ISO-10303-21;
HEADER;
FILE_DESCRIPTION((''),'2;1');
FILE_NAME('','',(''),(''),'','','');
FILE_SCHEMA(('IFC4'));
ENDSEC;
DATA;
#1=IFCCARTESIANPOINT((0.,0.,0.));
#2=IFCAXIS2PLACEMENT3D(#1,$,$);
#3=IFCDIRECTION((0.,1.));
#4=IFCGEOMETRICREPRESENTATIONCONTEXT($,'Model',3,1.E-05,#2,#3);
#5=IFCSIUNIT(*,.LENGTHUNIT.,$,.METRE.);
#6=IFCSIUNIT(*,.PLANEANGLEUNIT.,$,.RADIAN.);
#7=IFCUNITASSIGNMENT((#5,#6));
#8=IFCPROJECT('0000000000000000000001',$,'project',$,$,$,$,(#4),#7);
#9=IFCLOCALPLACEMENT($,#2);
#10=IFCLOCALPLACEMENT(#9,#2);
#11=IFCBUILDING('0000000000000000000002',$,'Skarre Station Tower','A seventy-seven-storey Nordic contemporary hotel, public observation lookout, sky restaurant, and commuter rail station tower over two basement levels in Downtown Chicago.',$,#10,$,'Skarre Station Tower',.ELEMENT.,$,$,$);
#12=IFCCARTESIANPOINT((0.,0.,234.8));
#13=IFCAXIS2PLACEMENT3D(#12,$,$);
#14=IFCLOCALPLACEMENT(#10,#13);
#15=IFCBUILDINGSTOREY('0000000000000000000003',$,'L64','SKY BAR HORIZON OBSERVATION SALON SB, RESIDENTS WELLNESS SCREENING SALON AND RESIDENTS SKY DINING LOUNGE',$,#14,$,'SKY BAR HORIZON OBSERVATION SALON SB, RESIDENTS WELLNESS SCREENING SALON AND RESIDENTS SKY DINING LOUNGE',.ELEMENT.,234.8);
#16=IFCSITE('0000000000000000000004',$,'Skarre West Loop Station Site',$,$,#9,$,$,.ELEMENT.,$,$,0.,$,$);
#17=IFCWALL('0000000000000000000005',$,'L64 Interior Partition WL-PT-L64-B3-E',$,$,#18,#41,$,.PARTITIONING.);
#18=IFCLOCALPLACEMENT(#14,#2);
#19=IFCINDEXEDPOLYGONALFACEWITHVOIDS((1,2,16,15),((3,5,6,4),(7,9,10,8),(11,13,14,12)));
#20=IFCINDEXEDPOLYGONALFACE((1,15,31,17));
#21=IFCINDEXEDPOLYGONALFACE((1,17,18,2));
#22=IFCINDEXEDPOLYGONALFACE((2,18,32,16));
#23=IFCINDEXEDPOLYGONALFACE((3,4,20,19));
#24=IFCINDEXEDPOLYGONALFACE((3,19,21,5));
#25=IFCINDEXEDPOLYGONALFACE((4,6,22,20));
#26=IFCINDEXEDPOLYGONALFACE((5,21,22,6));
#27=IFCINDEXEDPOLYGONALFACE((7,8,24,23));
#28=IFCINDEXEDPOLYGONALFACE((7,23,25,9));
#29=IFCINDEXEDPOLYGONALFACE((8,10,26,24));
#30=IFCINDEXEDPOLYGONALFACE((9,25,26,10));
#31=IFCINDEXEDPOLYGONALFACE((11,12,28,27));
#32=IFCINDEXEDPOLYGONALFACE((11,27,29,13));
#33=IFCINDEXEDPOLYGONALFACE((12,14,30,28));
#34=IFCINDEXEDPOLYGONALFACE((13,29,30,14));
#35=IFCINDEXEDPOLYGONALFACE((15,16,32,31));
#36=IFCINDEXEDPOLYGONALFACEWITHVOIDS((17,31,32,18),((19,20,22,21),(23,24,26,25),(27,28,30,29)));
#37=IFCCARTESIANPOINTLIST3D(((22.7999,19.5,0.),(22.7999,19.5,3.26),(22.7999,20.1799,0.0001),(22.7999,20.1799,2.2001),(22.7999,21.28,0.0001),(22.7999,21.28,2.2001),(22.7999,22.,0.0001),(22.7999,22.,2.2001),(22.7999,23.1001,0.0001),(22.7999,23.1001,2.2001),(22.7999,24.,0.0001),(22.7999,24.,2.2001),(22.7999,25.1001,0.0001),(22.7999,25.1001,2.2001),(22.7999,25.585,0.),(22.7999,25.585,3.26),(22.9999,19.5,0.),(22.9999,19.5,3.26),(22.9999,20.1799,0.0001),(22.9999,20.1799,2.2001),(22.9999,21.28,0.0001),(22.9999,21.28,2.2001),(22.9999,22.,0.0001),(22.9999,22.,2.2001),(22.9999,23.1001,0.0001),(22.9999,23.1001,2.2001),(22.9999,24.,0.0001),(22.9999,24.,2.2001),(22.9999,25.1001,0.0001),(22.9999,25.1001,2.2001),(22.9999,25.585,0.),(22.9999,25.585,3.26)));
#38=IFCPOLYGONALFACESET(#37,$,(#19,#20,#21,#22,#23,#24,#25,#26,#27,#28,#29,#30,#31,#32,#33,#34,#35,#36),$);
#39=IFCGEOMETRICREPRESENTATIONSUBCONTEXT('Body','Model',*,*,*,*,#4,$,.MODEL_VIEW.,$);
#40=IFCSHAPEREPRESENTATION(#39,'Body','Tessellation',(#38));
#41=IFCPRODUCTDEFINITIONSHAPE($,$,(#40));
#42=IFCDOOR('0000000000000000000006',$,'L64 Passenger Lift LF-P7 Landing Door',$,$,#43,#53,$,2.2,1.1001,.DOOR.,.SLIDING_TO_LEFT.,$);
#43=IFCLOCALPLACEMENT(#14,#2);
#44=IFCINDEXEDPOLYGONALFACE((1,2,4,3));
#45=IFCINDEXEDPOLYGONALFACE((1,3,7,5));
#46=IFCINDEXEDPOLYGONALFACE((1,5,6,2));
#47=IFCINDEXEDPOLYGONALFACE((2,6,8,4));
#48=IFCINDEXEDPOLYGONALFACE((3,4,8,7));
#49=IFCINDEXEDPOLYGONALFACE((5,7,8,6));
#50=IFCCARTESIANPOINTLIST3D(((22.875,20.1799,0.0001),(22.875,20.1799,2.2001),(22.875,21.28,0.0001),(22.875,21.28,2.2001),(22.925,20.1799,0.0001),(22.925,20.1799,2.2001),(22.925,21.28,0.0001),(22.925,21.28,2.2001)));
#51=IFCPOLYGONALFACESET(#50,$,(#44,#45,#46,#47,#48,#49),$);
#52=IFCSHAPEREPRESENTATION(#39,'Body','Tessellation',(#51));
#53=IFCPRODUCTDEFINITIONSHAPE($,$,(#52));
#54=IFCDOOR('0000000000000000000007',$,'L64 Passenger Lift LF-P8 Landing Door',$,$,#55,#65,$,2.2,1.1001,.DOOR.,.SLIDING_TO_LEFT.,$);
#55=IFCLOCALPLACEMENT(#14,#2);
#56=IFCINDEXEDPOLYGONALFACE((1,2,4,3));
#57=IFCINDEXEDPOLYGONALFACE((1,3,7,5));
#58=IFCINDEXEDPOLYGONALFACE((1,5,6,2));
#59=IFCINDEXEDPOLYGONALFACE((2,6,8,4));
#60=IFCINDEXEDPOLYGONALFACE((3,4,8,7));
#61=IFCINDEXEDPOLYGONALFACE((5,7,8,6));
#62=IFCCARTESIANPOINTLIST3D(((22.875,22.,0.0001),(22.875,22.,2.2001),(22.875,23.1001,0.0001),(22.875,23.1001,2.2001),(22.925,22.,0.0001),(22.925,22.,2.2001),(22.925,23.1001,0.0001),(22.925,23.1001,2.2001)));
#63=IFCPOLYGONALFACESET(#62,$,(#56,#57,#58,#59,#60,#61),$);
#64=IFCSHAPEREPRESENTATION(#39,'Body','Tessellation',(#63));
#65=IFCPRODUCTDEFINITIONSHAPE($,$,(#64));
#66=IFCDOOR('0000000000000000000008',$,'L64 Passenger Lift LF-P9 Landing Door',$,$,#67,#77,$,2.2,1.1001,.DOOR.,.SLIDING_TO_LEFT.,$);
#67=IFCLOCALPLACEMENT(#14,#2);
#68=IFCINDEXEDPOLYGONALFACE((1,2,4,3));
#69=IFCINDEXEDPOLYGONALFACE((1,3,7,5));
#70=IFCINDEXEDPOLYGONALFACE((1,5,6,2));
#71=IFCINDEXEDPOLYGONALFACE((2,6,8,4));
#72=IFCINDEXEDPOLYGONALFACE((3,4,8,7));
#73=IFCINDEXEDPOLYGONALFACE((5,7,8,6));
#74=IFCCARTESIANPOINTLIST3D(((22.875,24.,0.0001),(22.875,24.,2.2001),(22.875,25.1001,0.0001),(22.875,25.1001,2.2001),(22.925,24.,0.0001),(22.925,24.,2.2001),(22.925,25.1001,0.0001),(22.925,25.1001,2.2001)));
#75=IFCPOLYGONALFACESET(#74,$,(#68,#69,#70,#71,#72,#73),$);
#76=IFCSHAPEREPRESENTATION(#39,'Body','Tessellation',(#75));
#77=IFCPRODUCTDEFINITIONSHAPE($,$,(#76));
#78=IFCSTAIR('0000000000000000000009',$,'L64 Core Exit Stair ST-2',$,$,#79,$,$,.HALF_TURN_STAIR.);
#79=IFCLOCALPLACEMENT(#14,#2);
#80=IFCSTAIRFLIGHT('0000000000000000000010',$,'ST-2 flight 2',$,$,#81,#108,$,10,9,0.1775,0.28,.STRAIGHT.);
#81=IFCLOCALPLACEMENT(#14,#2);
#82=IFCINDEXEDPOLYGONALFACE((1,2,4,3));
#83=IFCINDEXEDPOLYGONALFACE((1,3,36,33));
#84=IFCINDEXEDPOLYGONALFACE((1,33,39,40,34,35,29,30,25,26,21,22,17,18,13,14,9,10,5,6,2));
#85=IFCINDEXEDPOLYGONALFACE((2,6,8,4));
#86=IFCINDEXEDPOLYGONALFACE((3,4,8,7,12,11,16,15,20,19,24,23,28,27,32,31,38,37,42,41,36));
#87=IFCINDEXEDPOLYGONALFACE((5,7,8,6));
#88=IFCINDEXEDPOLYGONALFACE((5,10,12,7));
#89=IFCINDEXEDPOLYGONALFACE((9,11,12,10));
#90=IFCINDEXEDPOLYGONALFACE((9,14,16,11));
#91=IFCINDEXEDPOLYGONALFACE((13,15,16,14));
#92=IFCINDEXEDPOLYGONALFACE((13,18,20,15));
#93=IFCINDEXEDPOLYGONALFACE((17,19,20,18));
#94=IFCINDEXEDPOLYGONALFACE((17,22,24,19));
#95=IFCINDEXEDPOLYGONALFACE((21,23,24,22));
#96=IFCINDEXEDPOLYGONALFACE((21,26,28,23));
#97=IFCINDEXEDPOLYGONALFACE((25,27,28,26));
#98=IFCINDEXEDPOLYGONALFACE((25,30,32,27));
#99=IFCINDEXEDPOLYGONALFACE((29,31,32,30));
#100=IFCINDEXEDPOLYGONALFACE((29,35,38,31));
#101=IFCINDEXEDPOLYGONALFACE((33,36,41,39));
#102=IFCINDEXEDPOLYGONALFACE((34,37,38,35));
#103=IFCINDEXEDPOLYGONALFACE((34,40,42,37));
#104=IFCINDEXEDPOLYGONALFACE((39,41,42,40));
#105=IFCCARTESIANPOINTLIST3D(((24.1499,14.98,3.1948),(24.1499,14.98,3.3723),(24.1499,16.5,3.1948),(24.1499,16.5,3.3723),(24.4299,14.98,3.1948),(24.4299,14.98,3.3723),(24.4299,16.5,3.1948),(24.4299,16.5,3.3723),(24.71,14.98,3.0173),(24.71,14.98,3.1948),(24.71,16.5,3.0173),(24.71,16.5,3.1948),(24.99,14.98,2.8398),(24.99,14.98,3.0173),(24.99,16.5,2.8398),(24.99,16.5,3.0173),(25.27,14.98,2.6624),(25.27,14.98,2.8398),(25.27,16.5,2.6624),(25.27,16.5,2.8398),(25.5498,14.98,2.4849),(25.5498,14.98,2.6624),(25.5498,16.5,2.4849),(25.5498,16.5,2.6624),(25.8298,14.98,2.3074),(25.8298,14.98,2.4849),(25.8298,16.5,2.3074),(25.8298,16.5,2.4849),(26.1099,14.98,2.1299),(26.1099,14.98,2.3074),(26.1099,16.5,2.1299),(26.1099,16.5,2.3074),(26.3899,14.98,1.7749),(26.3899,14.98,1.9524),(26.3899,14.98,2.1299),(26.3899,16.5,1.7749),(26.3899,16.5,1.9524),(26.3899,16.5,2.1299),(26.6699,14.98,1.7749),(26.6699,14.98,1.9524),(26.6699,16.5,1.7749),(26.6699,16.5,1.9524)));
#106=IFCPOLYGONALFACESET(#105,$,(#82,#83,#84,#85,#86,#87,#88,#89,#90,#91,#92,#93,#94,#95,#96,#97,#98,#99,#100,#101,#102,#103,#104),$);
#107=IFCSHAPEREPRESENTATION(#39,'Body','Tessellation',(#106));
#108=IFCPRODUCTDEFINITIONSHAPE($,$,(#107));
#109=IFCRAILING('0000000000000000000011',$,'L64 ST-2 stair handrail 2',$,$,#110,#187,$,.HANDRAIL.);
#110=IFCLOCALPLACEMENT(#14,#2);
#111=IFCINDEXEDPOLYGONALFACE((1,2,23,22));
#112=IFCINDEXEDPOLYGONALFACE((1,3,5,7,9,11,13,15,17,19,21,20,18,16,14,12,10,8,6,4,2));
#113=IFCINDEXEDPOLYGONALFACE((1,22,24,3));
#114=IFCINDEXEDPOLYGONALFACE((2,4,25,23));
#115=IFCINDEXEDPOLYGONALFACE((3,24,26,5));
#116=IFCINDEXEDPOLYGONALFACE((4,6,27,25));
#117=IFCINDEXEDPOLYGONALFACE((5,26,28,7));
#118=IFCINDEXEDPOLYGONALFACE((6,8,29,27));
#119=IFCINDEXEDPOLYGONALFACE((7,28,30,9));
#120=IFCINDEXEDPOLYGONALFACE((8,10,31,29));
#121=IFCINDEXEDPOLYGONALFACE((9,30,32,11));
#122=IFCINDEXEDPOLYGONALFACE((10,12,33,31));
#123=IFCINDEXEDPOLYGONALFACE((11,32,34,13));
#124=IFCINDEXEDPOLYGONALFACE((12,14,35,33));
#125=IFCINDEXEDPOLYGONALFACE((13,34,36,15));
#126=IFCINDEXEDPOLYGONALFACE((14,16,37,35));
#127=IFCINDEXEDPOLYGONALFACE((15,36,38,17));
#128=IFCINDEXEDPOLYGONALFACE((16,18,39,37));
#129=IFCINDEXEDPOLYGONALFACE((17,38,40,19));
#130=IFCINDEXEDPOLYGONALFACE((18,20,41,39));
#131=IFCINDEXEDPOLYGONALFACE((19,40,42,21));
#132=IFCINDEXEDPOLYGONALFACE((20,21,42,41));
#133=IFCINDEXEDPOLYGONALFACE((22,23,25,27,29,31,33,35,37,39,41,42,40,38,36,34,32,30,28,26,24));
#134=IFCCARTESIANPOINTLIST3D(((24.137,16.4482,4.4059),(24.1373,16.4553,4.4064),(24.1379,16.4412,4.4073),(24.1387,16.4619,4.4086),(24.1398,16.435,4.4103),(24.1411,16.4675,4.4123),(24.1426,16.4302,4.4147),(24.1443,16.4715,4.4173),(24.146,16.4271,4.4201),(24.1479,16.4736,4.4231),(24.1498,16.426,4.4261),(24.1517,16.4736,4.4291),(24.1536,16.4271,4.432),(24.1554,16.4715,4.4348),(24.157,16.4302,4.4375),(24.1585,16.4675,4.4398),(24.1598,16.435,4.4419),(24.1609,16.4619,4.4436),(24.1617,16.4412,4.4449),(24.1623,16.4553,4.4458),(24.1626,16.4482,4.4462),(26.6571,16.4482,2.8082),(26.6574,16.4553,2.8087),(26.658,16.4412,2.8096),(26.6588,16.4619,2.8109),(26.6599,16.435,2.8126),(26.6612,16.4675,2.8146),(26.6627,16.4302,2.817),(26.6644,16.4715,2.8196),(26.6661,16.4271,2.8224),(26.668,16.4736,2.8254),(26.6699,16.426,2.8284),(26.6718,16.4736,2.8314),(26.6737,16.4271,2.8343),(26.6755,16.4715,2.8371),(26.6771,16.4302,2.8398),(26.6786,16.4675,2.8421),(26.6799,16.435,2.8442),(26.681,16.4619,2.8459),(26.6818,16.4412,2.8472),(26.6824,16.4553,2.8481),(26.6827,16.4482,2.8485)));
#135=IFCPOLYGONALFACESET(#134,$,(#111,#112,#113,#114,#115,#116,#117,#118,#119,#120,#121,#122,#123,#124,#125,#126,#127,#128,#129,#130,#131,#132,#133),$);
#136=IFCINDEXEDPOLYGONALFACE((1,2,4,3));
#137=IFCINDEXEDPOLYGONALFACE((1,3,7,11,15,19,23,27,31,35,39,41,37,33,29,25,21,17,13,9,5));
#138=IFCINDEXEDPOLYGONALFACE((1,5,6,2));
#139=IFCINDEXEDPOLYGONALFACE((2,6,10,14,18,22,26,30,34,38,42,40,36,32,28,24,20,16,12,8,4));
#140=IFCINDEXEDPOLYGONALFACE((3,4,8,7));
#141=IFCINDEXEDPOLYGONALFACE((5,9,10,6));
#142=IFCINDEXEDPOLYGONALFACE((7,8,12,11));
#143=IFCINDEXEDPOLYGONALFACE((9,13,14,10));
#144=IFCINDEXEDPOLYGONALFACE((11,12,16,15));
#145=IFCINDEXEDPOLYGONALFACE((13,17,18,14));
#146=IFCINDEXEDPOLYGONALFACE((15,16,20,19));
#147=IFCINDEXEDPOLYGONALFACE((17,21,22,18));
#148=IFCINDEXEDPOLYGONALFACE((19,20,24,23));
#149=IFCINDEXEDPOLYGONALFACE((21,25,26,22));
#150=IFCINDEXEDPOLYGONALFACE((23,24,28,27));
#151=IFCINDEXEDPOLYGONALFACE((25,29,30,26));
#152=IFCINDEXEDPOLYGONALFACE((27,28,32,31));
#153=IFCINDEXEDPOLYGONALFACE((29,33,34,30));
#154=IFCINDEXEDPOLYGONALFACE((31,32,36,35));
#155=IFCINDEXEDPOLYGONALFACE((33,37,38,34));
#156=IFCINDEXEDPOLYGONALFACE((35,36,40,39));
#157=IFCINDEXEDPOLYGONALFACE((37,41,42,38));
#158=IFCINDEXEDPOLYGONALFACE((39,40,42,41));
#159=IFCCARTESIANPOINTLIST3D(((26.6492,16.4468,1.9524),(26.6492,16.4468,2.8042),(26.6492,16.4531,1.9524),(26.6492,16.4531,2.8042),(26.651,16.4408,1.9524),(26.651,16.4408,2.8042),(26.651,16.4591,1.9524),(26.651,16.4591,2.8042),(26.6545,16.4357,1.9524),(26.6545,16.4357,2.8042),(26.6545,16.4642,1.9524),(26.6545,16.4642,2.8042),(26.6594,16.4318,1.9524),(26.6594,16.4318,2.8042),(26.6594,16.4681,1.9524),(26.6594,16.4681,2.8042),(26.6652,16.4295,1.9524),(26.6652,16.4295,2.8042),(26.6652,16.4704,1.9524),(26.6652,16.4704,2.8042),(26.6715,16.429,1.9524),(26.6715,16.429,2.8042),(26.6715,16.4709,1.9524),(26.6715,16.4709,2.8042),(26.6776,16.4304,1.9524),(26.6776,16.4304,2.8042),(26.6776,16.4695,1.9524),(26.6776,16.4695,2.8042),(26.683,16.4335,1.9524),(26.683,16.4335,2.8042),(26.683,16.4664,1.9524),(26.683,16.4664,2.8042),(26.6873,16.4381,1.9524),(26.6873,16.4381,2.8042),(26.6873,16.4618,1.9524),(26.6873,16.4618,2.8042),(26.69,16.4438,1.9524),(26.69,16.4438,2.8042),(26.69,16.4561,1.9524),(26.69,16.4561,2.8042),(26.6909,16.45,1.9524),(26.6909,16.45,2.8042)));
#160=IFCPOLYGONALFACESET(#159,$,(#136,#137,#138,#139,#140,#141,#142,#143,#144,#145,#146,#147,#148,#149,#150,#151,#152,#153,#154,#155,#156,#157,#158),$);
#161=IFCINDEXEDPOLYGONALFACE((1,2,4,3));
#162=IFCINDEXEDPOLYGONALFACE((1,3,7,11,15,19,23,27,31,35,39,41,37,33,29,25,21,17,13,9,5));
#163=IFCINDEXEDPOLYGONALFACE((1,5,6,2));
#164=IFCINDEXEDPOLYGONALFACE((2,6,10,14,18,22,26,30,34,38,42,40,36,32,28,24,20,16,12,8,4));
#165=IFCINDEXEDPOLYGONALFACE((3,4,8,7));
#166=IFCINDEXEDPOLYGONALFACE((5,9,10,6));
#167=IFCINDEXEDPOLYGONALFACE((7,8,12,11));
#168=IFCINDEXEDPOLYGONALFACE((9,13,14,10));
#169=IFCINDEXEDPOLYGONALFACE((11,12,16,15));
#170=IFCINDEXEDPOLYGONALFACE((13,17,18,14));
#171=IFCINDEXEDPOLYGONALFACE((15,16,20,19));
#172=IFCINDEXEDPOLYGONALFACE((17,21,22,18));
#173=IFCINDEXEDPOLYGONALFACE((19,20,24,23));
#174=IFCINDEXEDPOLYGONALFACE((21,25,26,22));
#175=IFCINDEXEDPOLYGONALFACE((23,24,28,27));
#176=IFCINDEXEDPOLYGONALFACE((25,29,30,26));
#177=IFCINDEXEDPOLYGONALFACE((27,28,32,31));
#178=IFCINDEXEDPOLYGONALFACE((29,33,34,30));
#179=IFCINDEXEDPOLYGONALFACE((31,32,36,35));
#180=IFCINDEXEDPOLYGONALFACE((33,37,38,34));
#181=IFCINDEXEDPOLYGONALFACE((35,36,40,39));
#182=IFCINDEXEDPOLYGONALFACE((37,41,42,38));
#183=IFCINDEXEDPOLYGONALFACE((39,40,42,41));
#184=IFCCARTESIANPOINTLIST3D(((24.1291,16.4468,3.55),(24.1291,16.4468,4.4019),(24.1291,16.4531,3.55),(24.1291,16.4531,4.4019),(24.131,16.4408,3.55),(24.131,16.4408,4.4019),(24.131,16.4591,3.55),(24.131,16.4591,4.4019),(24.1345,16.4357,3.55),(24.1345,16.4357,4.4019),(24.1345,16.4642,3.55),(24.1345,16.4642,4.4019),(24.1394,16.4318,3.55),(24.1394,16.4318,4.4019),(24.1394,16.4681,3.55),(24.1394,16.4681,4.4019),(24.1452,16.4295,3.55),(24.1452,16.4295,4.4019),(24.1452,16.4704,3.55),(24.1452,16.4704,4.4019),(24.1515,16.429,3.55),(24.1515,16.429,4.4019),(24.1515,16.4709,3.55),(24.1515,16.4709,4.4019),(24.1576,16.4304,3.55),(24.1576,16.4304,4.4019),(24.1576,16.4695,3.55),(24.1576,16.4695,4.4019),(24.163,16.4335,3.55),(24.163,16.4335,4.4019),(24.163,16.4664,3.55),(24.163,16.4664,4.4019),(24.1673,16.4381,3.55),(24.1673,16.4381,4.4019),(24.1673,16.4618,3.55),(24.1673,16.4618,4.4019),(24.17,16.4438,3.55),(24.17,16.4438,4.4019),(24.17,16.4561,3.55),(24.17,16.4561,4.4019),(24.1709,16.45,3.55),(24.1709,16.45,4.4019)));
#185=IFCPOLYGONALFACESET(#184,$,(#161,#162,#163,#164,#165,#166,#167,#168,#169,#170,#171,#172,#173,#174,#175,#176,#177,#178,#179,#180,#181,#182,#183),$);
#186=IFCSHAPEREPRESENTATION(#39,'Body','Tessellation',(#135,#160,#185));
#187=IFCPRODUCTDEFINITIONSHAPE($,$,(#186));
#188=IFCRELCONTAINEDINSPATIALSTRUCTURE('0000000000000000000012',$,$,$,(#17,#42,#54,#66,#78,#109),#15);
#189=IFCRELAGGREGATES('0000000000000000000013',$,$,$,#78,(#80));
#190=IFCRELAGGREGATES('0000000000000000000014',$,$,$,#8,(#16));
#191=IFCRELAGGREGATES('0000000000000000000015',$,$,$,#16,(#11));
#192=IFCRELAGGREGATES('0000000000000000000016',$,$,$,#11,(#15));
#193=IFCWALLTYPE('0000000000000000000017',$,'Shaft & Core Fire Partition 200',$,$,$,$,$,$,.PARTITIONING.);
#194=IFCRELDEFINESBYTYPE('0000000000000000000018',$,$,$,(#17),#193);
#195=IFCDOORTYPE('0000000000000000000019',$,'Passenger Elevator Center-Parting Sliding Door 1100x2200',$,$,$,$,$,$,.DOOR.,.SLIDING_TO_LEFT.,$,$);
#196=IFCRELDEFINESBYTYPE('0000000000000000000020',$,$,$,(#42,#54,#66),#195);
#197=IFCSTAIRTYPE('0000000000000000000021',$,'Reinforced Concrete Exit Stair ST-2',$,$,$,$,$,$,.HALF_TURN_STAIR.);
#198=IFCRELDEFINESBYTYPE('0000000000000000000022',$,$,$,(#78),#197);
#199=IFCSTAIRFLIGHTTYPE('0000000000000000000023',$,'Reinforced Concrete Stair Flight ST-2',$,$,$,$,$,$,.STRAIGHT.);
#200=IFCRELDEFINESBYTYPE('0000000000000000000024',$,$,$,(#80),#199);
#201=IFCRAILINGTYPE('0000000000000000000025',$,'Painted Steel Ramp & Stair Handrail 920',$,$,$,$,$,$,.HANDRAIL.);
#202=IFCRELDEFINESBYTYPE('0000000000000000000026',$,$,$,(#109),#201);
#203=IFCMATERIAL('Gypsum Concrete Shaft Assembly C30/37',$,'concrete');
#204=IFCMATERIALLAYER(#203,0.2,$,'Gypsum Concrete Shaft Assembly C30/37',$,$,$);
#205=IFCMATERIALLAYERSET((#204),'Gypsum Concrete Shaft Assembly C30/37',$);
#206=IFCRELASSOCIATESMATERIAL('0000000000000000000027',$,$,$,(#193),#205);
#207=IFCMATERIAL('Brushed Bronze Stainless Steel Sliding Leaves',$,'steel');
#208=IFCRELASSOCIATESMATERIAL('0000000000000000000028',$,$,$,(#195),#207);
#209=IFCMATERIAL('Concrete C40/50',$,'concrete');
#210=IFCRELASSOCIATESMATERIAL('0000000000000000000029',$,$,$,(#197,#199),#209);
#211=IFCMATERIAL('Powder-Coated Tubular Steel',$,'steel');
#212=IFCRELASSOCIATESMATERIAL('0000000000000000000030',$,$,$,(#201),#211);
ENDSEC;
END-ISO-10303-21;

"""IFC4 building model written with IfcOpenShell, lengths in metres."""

from ifc_helpers import new_model, si_unit, direction, frame, frame_2d, origin, origin_2d, place, context, subcontext, project, spatial, polyline, rectangle, circle, outline, extrude, material, layer, layer_set, type_object, element, fill, aggregate, save


model = new_model("IFC4")

# Units and contexts
model_context = context("Model", 3, precision=1e-05, world=origin(), true_north=direction((0.0, 1.0)))
body_context = subcontext(model_context, "Body", "Model", "MODEL_VIEW")
ifc_project = project(units=[si_unit("LENGTHUNIT", "METRE"), si_unit("PLANEANGLEUNIT", "RADIAN")], contexts=[model_context])

# Site, building, storey
site_placement = place(None, origin())
site = spatial("IfcSite", under=ifc_project, at=site_placement, Name="Skarre West Loop Station Site", CompositionType="ELEMENT", RefElevation=0.0)
building_placement = place(site_placement, origin())
building = spatial("IfcBuilding", under=site, at=building_placement, Name="Skarre Station Tower", Description="A seventy-seven-storey Nordic contemporary hotel, public observation lookout, sky restaurant, and commuter rail station tower over two basement levels in Downtown Chicago.", LongName="Skarre Station Tower", CompositionType="ELEMENT")
storey_placement = place(building_placement, frame((0.0, 0.0, 234.8)))
storey = spatial("IfcBuildingStorey", under=building, at=storey_placement, Name="L64", Description="SKY BAR HORIZON OBSERVATION SALON SB, RESIDENTS WELLNESS SCREENING SALON AND RESIDENTS SKY DINING LOUNGE", LongName="SKY BAR HORIZON OBSERVATION SALON SB, RESIDENTS WELLNESS SCREENING SALON AND RESIDENTS SKY DINING LOUNGE", CompositionType="ELEMENT", Elevation=234.8)

# Shared definitions
ifc_material_1 = material(Name="Gypsum Concrete Shaft Assembly C30/37", Category="concrete")
ifc_layer_1 = layer(ifc_material_1, 0.2, Name="Gypsum Concrete Shaft Assembly C30/37")
ifc_layer_set_1 = layer_set([ifc_layer_1], Name="Gypsum Concrete Shaft Assembly C30/37")
wall_type_1 = type_object("IfcWallType", Name="Shaft & Core Fire Partition 200", PredefinedType="PARTITIONING", material=ifc_layer_set_1)

# Wall, openings, doors
wall_1_placement = place(storey_placement, frame((22.8999, 19.5, 0.0), z_axis=(0.0, 0.0, 1.0), x_axis=(0.0, 1.0, 0.0)))
wall_1 = element("IfcWall", 1, at=wall_1_placement, inside=storey, type_object=wall_type_1, Name="L64 Interior Partition WL-PT-L64-B3-E", PredefinedType="PARTITIONING", context=body_context, shape_type="SweptSolid", body=[
    extrude(rectangle(XDim=6.085, YDim=0.2, at=frame_2d((3.0425, 0.0))), origin(), (0.0, 0.0, 1.0), 3.26),
])
opening_1_placement = place(wall_1_placement, frame((0.6799, 0.0, 0.0)))
opening_1 = element("IfcOpeningElement", 2, at=opening_1_placement, cuts=wall_1, PredefinedType="OPENING", context=body_context, shape_type="SweptSolid", body=[
    extrude(rectangle(XDim=1.1001, YDim=2.2, at=frame_2d((0.55, 1.1001))), frame((0.0, 0.1099, 0.0), z_axis=(0.0, -1.0, 0.0), x_axis=(1.0, 0.0, 0.0)), (0.0, 0.0, 1.0), 0.22),
])
opening_2_placement = place(wall_1_placement, frame((2.5, 0.0, 0.0)))
opening_2 = element("IfcOpeningElement", 3, at=opening_2_placement, cuts=wall_1, PredefinedType="OPENING", context=body_context, shape_type="SweptSolid", body=[
    extrude(rectangle(XDim=1.1001, YDim=2.2, at=frame_2d((0.55, 1.1001))), frame((0.0, 0.1099, 0.0), z_axis=(0.0, -1.0, 0.0), x_axis=(1.0, 0.0, 0.0)), (0.0, 0.0, 1.0), 0.22),
])
opening_3_placement = place(wall_1_placement, frame((4.5, 0.0, 0.0)))
opening_3 = element("IfcOpeningElement", 4, at=opening_3_placement, cuts=wall_1, PredefinedType="OPENING", context=body_context, shape_type="SweptSolid", body=[
    extrude(rectangle(XDim=1.1001, YDim=2.2, at=frame_2d((0.55, 1.1001))), frame((0.0, 0.1099, 0.0), z_axis=(0.0, -1.0, 0.0), x_axis=(1.0, 0.0, 0.0)), (0.0, 0.0, 1.0), 0.22),
])
ifc_material_2 = material(Name="Brushed Bronze Stainless Steel Sliding Leaves", Category="steel")
door_type_1 = type_object("IfcDoorType", Name="Passenger Elevator Center-Parting Sliding Door 1100x2200", OperationType="SLIDING_TO_LEFT", PredefinedType="DOOR", material=ifc_material_2)
door_1_placement = place(opening_1_placement, origin())
door_1 = element("IfcDoor", 5, at=door_1_placement, inside=storey, type_object=door_type_1, Name="L64 Passenger Lift LF-P7 Landing Door", OperationType="SLIDING_TO_LEFT", OverallHeight=2.2, OverallWidth=1.1001, PredefinedType="DOOR", context=body_context, shape_type="SweptSolid", body=[
    extrude(rectangle(XDim=1.1001, YDim=2.2, at=frame_2d((0.55, 1.1001))), frame((0.0, 0.0249, 0.0), z_axis=(0.0, -1.0, 0.0), x_axis=(1.0, 0.0, 0.0)), (0.0, 0.0, 1.0), 0.05),
])
fill(opening_1, door_1)
door_2_placement = place(opening_2_placement, origin())
door_2 = element("IfcDoor", 6, at=door_2_placement, inside=storey, type_object=door_type_1, Name="L64 Passenger Lift LF-P8 Landing Door", OperationType="SLIDING_TO_LEFT", OverallHeight=2.2, OverallWidth=1.1001, PredefinedType="DOOR", context=body_context, shape_type="SweptSolid", body=[
    extrude(rectangle(XDim=1.1001, YDim=2.2, at=frame_2d((0.55, 1.1001))), frame((0.0, 0.0249, 0.0), z_axis=(0.0, -1.0, 0.0), x_axis=(1.0, 0.0, 0.0)), (0.0, 0.0, 1.0), 0.05),
])
fill(opening_2, door_2)
door_3_placement = place(opening_3_placement, origin())
door_3 = element("IfcDoor", 7, at=door_3_placement, inside=storey, type_object=door_type_1, Name="L64 Passenger Lift LF-P9 Landing Door", OperationType="SLIDING_TO_LEFT", OverallHeight=2.2, OverallWidth=1.1001, PredefinedType="DOOR", context=body_context, shape_type="SweptSolid", body=[
    extrude(rectangle(XDim=1.1001, YDim=2.2, at=frame_2d((0.55, 1.1001))), frame((0.0, 0.0249, 0.0), z_axis=(0.0, -1.0, 0.0), x_axis=(1.0, 0.0, 0.0)), (0.0, 0.0, 1.0), 0.05),
])
fill(opening_3, door_3)

# Stair, stair flight
ifc_material_3 = material(Name="Concrete C40/50", Category="concrete")
stair_type = type_object("IfcStairType", Name="Reinforced Concrete Exit Stair ST-2", PredefinedType="HALF_TURN_STAIR", material=ifc_material_3)
stair_placement = place(storey_placement, origin())
stair = element("IfcStair", 8, at=stair_placement, inside=storey, type_object=stair_type, Name="L64 Core Exit Stair ST-2", PredefinedType="HALF_TURN_STAIR")
stair_flight_type = type_object("IfcStairFlightType", Name="Reinforced Concrete Stair Flight ST-2", PredefinedType="STRAIGHT", material=ifc_material_3)
stair_flight_placement = place(storey_placement, frame((26.6699, 15.74, 1.7749), z_axis=(0.0, 0.0, 1.0), x_axis=(-1.0, 0.0, 0.0)))
stair_flight = element("IfcStairFlight", 9, at=stair_flight_placement, type_object=stair_flight_type, Name="ST-2 flight 2", NumberOfRisers=10, NumberOfTreads=9, PredefinedType="STRAIGHT", RiserHeight=0.1775, TreadLength=0.28, context=body_context, shape_type="SweptSolid", body=[
    extrude(outline(polyline([(0.0, 0.0), (0.0, 0.1775), (0.28, 0.1775), (0.28, 0.355), (0.5601, 0.355), (0.5601, 0.5325), (0.8401, 0.5325), (0.8401, 0.71), (1.1201, 0.71), (1.1201, 0.8875), (1.3999, 0.8875), (1.3999, 1.0649), (1.6799, 1.0649), (1.6799, 1.2424), (1.96, 1.2424), (1.96, 1.4199), (2.24, 1.4199), (2.24, 1.5974), (2.52, 1.5974), (2.52, 1.7749), (2.52, 1.4199), (0.28, 0.0), (0.0, 0.0)])), frame((0.0, 0.76, 0.0), z_axis=(0.0, -1.0, 0.0), x_axis=(1.0, 0.0, 0.0)), (0.0, 0.0, 1.0), 1.52),
])
aggregate(stair, [stair_flight])

# Railing
ifc_material_4 = material(Name="Powder-Coated Tubular Steel", Category="steel")
railing_type_1 = type_object("IfcRailingType", Name="Painted Steel Ramp & Stair Handrail 920", PredefinedType="HANDRAIL", material=ifc_material_4)
railing_1_placement = place(storey_placement, frame((26.6699, 16.45, 1.9524)))
element("IfcRailing", 10, at=railing_1_placement, inside=storey, type_object=railing_type_1, Name="L64 ST-2 stair handrail 2", PredefinedType="HANDRAIL", context=body_context, shape_type="SweptSolid", body=[
    extrude(circle(Radius=0.0239, at=origin_2d()), frame((0.0, 0.0, 0.876), z_axis=(-0.84457, 0.0, 0.535445), x_axis=(0.0, -1.0, 0.0)), (0.0, 0.0, 1.0), 2.9839),
    extrude(circle(Radius=0.021, at=origin_2d()), origin(), (0.0, 0.0, 1.0), 0.8518),
    extrude(circle(Radius=0.021, at=origin_2d()), frame((-2.52, 0.0, 1.5977)), (0.0, 0.0, 1.0), 0.8518),
])

save(model, "model.ifc")
